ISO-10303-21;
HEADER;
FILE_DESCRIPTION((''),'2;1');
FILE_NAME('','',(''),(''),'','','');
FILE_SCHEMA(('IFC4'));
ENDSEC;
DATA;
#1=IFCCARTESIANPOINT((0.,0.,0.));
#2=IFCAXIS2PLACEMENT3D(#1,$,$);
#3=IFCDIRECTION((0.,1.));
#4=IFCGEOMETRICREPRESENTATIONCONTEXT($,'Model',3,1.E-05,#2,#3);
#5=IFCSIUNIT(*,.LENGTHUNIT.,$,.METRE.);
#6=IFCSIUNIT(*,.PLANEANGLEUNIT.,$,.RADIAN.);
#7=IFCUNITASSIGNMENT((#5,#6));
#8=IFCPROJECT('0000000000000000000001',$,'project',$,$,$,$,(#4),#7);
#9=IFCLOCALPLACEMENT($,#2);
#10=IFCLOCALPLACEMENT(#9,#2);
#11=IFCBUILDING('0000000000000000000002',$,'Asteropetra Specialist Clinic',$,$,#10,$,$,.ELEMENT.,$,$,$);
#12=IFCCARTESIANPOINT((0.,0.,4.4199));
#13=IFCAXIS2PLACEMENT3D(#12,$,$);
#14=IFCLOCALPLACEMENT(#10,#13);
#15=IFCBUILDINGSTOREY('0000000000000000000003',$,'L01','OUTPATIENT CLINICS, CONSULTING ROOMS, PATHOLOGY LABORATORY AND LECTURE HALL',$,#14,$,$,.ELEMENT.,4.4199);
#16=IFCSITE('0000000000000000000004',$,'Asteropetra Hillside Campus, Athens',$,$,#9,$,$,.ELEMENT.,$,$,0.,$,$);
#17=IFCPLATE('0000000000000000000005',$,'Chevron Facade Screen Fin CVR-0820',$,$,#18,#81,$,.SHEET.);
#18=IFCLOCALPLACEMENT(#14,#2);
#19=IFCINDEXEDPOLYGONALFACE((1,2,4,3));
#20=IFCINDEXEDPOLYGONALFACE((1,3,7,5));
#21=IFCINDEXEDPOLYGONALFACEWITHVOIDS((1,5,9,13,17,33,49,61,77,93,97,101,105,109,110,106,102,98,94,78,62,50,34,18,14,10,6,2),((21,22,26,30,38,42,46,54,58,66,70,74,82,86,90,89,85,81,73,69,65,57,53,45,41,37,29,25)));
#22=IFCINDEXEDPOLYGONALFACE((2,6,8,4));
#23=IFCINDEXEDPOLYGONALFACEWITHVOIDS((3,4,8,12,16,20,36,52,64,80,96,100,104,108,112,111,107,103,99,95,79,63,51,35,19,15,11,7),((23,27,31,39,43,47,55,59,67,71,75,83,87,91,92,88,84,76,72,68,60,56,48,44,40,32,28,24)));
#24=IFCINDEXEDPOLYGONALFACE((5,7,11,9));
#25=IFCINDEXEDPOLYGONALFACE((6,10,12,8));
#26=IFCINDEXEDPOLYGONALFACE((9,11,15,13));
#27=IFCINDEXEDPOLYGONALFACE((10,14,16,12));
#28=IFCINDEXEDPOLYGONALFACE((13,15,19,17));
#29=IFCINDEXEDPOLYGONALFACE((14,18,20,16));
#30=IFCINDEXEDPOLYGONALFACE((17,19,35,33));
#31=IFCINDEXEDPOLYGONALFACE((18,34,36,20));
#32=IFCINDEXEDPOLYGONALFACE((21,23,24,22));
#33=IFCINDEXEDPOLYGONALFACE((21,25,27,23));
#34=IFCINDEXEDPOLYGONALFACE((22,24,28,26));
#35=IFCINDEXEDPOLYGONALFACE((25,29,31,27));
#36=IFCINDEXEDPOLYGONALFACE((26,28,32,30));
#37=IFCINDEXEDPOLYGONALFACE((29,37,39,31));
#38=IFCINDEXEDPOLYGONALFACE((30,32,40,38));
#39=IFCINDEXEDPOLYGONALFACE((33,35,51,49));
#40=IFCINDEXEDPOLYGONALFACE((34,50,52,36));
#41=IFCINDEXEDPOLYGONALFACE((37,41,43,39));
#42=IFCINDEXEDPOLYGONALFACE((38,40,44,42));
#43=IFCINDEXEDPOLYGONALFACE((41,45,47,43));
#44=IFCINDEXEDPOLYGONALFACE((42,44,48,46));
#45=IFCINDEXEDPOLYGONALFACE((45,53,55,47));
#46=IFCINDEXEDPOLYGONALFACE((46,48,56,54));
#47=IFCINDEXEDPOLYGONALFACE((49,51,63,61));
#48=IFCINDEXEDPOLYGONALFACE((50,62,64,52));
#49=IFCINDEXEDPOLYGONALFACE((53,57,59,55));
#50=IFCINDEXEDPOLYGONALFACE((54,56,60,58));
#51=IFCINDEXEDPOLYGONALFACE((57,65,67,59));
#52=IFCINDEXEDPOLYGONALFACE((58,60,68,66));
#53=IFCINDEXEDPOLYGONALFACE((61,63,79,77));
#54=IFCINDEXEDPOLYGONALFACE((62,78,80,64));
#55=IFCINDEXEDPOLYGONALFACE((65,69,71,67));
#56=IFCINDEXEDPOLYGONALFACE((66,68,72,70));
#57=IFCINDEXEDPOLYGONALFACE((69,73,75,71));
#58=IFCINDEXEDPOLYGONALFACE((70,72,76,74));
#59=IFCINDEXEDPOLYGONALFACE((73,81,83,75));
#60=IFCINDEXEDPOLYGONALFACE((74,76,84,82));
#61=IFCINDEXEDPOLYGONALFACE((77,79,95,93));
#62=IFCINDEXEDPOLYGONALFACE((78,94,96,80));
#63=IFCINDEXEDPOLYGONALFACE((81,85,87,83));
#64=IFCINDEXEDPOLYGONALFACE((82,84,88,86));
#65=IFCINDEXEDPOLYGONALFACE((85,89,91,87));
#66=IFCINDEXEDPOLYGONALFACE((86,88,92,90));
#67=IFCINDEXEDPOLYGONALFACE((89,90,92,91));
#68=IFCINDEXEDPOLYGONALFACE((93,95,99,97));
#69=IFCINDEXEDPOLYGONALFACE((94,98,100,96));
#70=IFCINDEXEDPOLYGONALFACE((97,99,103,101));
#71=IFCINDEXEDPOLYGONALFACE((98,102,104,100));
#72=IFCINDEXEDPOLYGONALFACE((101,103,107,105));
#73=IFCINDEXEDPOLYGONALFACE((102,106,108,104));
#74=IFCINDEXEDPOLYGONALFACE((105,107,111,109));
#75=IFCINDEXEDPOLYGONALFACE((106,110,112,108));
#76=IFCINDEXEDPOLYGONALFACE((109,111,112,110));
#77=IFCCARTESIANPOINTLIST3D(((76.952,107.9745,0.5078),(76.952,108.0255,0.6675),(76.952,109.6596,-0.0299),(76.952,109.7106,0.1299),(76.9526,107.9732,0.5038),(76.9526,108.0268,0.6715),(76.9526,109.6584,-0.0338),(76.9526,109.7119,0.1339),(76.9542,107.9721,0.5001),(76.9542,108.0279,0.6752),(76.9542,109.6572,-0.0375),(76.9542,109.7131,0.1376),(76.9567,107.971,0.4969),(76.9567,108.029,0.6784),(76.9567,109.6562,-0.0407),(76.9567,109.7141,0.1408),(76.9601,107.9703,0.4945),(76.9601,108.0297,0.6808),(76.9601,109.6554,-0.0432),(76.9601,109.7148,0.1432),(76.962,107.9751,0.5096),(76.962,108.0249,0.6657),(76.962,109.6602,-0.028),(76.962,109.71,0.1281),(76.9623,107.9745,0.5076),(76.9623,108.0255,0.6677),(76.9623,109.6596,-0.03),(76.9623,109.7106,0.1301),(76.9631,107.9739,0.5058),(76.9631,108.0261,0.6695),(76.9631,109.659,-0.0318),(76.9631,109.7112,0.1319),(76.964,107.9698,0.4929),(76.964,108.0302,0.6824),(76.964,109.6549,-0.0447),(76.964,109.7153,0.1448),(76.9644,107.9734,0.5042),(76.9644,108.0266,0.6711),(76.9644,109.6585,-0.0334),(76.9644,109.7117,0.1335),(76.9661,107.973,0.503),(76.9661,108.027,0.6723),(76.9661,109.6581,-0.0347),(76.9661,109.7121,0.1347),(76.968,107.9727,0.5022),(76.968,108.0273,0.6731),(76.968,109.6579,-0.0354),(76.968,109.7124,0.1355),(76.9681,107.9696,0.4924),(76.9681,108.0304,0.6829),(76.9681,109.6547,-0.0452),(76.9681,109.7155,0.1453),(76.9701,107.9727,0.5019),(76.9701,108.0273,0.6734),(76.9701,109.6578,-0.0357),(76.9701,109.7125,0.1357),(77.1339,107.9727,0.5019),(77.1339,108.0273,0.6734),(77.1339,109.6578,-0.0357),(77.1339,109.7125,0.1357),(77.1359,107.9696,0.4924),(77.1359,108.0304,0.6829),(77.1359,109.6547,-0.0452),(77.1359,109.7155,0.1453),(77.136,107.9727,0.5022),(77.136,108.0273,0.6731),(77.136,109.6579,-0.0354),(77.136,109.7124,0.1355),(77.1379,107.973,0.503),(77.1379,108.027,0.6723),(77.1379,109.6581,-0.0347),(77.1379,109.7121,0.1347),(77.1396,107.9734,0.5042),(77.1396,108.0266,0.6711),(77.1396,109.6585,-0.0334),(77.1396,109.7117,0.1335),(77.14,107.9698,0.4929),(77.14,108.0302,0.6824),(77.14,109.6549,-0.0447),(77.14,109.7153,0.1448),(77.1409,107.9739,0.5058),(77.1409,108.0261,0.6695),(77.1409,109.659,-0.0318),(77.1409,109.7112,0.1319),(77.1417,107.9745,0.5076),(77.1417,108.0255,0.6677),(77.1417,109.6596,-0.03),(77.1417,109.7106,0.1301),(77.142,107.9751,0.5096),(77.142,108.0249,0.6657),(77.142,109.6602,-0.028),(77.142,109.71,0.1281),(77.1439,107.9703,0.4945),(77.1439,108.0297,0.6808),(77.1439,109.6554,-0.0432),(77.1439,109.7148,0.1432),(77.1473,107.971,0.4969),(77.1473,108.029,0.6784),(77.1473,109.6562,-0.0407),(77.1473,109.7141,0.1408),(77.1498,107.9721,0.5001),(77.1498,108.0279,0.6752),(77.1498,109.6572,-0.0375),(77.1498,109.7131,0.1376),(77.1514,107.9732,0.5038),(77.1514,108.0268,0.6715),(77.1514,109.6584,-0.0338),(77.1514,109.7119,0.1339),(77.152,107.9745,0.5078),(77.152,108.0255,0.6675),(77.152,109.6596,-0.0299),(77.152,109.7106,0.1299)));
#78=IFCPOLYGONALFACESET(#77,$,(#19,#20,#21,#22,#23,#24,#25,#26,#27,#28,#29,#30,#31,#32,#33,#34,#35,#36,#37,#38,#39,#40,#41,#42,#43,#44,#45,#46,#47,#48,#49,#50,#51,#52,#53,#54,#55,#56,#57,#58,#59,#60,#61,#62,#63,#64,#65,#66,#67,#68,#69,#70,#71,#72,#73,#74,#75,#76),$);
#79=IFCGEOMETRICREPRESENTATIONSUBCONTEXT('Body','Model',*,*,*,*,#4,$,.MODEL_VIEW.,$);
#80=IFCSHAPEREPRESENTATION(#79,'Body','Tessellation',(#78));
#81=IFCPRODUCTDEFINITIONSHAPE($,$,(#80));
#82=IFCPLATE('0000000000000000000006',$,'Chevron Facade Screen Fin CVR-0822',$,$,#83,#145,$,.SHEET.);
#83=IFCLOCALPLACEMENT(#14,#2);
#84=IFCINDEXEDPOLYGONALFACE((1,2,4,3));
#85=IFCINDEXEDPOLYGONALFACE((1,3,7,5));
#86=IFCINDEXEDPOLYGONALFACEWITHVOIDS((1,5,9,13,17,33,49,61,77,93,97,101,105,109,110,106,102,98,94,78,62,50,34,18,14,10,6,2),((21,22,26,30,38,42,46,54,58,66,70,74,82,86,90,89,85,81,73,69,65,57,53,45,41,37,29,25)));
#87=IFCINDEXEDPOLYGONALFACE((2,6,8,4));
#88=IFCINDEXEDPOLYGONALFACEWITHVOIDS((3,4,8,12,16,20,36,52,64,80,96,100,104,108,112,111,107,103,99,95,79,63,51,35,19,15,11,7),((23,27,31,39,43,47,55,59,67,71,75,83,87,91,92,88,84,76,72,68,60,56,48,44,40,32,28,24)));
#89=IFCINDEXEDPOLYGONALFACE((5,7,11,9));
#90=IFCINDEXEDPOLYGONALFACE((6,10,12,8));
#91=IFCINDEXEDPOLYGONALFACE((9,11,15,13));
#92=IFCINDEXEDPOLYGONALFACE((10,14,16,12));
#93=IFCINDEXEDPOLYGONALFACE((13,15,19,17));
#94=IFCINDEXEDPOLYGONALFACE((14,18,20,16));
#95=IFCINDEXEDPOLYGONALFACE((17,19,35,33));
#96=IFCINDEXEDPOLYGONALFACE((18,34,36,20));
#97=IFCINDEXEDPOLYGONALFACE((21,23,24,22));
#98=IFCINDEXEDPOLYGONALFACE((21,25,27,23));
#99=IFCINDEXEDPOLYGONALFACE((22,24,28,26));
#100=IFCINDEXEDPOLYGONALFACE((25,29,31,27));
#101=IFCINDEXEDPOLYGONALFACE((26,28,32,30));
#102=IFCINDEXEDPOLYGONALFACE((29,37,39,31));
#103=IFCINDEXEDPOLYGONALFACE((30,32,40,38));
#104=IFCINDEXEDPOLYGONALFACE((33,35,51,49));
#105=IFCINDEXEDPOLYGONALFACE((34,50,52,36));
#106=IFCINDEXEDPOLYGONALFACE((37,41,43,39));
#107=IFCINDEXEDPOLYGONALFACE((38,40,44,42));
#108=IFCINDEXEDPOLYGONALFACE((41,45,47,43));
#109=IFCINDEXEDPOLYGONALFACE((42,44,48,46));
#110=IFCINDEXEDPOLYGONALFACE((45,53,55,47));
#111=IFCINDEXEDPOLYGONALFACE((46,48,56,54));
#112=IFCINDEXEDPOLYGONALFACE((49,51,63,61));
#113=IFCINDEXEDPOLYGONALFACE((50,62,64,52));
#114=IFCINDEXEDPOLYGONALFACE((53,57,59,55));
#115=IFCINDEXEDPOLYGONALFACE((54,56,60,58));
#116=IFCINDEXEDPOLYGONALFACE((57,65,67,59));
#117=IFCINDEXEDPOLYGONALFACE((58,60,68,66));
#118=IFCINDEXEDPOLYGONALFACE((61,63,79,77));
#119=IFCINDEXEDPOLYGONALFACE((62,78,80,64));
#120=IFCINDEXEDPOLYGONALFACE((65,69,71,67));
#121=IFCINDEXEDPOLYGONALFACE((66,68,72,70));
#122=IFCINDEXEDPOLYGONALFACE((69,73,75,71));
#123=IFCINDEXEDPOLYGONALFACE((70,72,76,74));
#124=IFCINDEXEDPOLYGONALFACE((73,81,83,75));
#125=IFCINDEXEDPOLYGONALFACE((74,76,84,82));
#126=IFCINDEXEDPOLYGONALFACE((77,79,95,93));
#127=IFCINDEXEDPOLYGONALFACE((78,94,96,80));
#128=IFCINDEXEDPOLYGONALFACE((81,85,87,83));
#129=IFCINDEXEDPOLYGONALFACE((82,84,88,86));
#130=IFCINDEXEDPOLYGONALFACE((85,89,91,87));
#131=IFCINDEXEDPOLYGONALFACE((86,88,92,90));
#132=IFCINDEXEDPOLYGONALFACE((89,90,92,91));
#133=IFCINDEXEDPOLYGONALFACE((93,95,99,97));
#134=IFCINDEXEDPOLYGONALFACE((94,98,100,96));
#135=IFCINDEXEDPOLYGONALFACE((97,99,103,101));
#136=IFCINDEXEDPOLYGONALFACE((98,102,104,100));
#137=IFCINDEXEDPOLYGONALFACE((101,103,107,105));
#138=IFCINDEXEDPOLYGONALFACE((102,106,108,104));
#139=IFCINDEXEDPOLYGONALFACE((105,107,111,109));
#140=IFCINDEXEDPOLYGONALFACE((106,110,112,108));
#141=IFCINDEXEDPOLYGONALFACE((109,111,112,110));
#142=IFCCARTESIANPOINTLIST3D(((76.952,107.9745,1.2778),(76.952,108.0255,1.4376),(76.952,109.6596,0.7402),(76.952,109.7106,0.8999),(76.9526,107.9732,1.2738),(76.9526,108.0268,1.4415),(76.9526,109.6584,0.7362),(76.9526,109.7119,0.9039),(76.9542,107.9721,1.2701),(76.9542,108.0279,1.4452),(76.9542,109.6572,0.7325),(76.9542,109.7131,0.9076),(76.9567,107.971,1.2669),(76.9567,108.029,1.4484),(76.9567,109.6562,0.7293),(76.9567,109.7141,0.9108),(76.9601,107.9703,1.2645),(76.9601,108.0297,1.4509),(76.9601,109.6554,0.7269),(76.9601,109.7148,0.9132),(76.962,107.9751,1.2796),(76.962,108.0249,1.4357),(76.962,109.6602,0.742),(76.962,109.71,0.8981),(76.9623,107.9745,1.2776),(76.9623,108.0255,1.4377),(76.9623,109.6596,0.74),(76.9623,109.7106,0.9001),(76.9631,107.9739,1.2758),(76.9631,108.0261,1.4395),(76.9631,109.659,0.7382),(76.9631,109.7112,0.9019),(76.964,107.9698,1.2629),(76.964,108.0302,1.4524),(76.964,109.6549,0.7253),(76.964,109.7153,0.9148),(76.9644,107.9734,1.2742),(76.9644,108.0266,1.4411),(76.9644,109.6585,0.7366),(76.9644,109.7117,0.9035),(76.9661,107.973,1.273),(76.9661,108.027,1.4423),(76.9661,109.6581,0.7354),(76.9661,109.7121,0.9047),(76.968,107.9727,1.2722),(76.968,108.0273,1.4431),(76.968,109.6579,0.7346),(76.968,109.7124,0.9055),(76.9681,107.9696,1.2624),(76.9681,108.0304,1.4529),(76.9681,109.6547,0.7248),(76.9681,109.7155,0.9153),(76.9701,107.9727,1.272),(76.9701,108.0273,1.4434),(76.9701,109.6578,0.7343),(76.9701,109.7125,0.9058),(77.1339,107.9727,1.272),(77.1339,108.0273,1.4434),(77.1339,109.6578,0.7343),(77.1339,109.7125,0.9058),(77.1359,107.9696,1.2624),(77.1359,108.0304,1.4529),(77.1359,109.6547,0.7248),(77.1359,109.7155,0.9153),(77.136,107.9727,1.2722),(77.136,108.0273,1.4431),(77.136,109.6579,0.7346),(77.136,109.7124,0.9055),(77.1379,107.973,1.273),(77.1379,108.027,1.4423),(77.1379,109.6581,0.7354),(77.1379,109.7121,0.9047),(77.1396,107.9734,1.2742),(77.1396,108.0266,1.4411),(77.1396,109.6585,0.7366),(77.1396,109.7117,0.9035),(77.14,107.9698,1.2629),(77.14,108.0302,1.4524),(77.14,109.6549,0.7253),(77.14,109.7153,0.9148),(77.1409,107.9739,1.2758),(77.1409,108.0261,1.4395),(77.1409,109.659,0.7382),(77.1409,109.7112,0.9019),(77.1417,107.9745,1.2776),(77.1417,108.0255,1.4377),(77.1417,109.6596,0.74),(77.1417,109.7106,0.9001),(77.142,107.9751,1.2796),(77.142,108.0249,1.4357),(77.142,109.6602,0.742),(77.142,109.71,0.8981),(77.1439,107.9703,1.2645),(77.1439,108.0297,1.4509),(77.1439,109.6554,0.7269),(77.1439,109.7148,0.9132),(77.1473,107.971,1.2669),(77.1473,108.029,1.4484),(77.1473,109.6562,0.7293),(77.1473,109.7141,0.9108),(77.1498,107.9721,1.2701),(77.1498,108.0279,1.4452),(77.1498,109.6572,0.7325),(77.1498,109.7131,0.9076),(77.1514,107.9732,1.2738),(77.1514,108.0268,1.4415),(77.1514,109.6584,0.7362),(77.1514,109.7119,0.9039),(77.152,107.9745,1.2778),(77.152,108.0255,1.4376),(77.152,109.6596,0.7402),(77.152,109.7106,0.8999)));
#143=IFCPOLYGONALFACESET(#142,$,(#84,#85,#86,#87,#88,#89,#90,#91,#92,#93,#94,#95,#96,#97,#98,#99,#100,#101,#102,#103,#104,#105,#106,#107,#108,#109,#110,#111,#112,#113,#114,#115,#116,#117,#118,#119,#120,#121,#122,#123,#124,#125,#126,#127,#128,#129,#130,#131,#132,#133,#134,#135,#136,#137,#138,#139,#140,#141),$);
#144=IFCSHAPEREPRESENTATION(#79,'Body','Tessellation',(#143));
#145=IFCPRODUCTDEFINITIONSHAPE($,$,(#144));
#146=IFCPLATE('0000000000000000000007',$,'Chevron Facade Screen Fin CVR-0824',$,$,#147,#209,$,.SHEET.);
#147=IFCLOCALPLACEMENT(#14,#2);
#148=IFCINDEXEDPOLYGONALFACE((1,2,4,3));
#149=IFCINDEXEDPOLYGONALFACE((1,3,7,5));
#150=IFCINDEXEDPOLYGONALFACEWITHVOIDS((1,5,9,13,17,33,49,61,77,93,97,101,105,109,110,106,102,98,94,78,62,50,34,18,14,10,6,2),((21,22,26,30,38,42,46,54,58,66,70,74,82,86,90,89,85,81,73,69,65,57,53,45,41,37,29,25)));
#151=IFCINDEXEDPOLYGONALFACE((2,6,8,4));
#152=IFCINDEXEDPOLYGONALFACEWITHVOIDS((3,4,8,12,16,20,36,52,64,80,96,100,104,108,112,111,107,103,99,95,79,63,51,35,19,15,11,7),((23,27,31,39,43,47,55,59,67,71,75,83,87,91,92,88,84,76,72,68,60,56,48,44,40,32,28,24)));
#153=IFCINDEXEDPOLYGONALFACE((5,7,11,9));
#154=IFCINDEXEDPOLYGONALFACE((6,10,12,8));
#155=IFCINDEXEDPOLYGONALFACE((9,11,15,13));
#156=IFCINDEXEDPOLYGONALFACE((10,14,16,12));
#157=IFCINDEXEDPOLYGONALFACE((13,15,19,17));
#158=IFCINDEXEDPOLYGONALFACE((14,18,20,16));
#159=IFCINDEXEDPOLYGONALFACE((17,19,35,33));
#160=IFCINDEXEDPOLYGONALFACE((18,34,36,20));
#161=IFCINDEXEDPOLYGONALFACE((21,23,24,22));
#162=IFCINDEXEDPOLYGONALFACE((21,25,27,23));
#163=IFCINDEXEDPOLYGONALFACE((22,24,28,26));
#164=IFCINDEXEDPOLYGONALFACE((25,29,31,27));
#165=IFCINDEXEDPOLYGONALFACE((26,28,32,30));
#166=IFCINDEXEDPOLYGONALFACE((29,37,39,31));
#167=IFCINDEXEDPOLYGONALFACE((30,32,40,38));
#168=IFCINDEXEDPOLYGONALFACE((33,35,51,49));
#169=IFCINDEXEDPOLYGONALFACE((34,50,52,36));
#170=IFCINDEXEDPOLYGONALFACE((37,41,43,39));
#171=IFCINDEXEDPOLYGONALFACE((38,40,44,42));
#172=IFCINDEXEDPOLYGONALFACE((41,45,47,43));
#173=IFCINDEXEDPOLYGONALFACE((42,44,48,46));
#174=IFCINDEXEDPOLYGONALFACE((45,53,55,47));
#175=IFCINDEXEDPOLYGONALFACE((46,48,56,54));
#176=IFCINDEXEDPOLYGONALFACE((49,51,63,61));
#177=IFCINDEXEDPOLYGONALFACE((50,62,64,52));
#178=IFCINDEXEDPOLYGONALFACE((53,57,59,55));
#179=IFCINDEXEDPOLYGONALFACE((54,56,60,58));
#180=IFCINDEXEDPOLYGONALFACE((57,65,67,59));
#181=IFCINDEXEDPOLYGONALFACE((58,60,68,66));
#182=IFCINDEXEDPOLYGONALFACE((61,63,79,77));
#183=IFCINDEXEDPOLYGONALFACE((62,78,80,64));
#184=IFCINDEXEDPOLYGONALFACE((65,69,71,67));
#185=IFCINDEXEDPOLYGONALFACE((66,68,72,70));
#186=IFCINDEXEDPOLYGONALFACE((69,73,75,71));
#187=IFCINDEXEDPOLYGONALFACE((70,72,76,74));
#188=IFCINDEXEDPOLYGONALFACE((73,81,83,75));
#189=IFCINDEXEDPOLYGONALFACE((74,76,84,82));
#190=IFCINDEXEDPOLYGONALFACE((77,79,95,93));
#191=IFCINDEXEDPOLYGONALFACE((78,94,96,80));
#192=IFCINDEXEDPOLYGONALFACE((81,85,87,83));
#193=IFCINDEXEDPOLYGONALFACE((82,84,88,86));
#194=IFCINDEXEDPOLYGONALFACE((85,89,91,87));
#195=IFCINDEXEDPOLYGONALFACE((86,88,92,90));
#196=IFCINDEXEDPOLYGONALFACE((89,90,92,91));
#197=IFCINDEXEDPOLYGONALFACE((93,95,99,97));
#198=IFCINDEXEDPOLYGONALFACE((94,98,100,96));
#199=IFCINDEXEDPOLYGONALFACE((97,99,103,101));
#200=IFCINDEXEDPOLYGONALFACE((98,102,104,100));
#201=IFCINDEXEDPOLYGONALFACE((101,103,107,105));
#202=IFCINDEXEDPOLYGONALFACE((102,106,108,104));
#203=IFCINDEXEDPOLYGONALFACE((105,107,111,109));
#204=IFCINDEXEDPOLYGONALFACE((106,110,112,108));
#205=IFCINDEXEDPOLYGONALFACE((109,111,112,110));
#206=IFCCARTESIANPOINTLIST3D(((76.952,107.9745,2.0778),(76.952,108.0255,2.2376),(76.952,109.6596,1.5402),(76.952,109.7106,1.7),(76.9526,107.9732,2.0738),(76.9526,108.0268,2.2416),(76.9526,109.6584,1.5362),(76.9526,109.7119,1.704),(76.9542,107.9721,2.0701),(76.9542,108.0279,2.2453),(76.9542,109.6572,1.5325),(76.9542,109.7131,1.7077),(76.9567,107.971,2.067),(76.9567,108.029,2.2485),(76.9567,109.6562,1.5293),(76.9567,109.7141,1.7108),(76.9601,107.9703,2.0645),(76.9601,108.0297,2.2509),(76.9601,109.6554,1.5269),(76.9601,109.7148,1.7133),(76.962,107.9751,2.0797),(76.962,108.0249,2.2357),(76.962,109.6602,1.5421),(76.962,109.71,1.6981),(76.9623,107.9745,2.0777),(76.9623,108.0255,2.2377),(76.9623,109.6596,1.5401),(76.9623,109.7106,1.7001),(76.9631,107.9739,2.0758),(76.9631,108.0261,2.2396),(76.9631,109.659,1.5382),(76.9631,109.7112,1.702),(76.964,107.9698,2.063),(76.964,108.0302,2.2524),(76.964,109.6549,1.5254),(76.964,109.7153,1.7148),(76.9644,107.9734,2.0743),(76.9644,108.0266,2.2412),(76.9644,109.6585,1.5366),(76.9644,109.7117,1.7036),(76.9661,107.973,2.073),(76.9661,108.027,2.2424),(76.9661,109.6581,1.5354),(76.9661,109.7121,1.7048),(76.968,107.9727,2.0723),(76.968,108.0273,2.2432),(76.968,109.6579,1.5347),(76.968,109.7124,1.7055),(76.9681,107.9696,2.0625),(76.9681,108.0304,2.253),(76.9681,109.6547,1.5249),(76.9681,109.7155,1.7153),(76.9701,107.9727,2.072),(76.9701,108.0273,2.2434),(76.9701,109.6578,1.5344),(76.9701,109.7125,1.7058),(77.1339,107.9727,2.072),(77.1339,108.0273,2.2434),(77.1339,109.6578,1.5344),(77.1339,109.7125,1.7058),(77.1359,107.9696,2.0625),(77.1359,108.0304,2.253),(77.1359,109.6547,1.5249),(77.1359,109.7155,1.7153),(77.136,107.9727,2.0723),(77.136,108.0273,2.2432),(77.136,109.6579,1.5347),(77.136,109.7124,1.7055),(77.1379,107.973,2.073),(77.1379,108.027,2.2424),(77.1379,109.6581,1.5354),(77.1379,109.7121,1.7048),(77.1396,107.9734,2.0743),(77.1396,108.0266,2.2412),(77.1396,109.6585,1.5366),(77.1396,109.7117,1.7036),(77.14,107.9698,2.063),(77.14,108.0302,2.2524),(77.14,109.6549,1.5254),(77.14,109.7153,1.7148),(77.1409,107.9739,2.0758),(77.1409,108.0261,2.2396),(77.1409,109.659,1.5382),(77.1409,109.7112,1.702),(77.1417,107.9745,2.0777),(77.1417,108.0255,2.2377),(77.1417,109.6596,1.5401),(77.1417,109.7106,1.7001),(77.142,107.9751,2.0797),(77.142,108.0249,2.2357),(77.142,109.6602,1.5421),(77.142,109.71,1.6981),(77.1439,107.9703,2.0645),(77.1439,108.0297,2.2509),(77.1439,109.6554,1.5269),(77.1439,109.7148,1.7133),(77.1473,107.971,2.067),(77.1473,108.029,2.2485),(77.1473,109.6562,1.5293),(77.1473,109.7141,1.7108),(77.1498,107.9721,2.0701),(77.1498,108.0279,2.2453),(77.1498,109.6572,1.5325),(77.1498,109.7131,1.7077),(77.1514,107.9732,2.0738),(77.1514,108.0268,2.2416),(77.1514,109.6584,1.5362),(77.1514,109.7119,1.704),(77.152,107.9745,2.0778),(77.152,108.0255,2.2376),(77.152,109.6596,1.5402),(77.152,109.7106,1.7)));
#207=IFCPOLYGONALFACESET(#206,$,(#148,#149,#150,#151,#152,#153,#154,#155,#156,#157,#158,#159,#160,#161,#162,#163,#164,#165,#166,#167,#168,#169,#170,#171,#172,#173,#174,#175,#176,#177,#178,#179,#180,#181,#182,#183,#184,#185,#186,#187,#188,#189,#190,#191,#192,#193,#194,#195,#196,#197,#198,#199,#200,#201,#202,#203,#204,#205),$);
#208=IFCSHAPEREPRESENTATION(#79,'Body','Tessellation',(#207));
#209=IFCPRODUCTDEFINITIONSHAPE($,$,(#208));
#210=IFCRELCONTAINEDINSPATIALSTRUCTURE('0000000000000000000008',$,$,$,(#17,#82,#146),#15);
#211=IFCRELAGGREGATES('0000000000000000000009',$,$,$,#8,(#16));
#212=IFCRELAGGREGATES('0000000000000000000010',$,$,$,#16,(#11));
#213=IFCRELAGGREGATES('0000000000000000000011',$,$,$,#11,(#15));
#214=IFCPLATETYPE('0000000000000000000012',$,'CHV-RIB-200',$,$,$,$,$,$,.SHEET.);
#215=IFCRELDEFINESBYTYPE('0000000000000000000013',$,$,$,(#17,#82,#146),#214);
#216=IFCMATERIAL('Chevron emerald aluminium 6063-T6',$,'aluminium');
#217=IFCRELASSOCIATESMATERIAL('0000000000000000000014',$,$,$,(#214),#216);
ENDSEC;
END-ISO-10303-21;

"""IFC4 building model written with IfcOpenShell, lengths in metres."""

from ifc_helpers import new_model, si_unit, direction, frame, origin, origin_2d, place, context, subcontext, project, spatial, hollow_rectangle, extrude, material, material_profile, profile_set, type_object, element, save


model = new_model("IFC4")

# Units and contexts
model_context = context("Model", 3, precision=1e-05, world=origin(), true_north=direction((0.0, 1.0)))
body_context = subcontext(model_context, "Body", "Model", "MODEL_VIEW")
ifc_project = project(units=[si_unit("LENGTHUNIT", "METRE"), si_unit("PLANEANGLEUNIT", "RADIAN")], contexts=[model_context])

# Site, building, storey
site_placement = place(None, origin())
site = spatial("IfcSite", under=ifc_project, at=site_placement, Name="Asteropetra Hillside Campus, Athens", CompositionType="ELEMENT", RefElevation=0.0)
building_placement = place(site_placement, origin())
building = spatial("IfcBuilding", under=site, at=building_placement, Name="Asteropetra Specialist Clinic", CompositionType="ELEMENT")
storey_placement = place(building_placement, frame((0.0, 0.0, 4.4199)))
storey = spatial("IfcBuildingStorey", under=building, at=storey_placement, Name="L01", Description="OUTPATIENT CLINICS, CONSULTING ROOMS, PATHOLOGY LABORATORY AND LECTURE HALL", CompositionType="ELEMENT", Elevation=4.4199)

# Plates
ifc_material_1 = material(Name="Chevron emerald aluminium 6063-T6", Category="aluminium")
ifc_material_profile_1 = material_profile(ifc_material_1, hollow_rectangle(XDim=0.2, YDim=0.2, WallThickness=0.01, InnerFilletRadius=0.0081, OuterFilletRadius=0.0161, at=origin_2d()), Name="SHS 200x200x10.0")
ifc_profile_set_1 = profile_set([ifc_material_profile_1], Name="Chevron emerald aluminium 6063-T6")
plate_type_1 = type_object("IfcPlateType", Name="CHV-RIB-200", PredefinedType="SHEET", material=ifc_profile_set_1)
for number, where, z_axis, x_axis, name in (
    (1, (77.052, 108.0, 0.5876), (0.0, 0.95269, -0.303944), (-1.0, 0.0, 0.0), "Chevron Facade Screen Fin CVR-0820"),
    (2, (77.052, 108.0, 1.3577), (0.0, 0.95269, -0.303944), (-1.0, 0.0, 0.0), "Chevron Facade Screen Fin CVR-0822"),
    (3, (77.052, 108.0, 2.1577), (0.0, 0.95269, -0.303944), (-1.0, 0.0, 0.0), "Chevron Facade Screen Fin CVR-0824"),
):
    element("IfcPlate", number, at=place(storey_placement, frame(where, z_axis=z_axis, x_axis=x_axis)), inside=storey, type_object=plate_type_1, Name=name, PredefinedType="SHEET", context=body_context, shape_type="SweptSolid", body=[
        extrude(hollow_rectangle(XDim=0.2, YDim=0.2, WallThickness=0.01, InnerFilletRadius=0.0081, OuterFilletRadius=0.0161, at=origin_2d()), origin(), (0.0, 0.0, 1.0), 1.7688),
    ])

save(model, "model.ifc")
